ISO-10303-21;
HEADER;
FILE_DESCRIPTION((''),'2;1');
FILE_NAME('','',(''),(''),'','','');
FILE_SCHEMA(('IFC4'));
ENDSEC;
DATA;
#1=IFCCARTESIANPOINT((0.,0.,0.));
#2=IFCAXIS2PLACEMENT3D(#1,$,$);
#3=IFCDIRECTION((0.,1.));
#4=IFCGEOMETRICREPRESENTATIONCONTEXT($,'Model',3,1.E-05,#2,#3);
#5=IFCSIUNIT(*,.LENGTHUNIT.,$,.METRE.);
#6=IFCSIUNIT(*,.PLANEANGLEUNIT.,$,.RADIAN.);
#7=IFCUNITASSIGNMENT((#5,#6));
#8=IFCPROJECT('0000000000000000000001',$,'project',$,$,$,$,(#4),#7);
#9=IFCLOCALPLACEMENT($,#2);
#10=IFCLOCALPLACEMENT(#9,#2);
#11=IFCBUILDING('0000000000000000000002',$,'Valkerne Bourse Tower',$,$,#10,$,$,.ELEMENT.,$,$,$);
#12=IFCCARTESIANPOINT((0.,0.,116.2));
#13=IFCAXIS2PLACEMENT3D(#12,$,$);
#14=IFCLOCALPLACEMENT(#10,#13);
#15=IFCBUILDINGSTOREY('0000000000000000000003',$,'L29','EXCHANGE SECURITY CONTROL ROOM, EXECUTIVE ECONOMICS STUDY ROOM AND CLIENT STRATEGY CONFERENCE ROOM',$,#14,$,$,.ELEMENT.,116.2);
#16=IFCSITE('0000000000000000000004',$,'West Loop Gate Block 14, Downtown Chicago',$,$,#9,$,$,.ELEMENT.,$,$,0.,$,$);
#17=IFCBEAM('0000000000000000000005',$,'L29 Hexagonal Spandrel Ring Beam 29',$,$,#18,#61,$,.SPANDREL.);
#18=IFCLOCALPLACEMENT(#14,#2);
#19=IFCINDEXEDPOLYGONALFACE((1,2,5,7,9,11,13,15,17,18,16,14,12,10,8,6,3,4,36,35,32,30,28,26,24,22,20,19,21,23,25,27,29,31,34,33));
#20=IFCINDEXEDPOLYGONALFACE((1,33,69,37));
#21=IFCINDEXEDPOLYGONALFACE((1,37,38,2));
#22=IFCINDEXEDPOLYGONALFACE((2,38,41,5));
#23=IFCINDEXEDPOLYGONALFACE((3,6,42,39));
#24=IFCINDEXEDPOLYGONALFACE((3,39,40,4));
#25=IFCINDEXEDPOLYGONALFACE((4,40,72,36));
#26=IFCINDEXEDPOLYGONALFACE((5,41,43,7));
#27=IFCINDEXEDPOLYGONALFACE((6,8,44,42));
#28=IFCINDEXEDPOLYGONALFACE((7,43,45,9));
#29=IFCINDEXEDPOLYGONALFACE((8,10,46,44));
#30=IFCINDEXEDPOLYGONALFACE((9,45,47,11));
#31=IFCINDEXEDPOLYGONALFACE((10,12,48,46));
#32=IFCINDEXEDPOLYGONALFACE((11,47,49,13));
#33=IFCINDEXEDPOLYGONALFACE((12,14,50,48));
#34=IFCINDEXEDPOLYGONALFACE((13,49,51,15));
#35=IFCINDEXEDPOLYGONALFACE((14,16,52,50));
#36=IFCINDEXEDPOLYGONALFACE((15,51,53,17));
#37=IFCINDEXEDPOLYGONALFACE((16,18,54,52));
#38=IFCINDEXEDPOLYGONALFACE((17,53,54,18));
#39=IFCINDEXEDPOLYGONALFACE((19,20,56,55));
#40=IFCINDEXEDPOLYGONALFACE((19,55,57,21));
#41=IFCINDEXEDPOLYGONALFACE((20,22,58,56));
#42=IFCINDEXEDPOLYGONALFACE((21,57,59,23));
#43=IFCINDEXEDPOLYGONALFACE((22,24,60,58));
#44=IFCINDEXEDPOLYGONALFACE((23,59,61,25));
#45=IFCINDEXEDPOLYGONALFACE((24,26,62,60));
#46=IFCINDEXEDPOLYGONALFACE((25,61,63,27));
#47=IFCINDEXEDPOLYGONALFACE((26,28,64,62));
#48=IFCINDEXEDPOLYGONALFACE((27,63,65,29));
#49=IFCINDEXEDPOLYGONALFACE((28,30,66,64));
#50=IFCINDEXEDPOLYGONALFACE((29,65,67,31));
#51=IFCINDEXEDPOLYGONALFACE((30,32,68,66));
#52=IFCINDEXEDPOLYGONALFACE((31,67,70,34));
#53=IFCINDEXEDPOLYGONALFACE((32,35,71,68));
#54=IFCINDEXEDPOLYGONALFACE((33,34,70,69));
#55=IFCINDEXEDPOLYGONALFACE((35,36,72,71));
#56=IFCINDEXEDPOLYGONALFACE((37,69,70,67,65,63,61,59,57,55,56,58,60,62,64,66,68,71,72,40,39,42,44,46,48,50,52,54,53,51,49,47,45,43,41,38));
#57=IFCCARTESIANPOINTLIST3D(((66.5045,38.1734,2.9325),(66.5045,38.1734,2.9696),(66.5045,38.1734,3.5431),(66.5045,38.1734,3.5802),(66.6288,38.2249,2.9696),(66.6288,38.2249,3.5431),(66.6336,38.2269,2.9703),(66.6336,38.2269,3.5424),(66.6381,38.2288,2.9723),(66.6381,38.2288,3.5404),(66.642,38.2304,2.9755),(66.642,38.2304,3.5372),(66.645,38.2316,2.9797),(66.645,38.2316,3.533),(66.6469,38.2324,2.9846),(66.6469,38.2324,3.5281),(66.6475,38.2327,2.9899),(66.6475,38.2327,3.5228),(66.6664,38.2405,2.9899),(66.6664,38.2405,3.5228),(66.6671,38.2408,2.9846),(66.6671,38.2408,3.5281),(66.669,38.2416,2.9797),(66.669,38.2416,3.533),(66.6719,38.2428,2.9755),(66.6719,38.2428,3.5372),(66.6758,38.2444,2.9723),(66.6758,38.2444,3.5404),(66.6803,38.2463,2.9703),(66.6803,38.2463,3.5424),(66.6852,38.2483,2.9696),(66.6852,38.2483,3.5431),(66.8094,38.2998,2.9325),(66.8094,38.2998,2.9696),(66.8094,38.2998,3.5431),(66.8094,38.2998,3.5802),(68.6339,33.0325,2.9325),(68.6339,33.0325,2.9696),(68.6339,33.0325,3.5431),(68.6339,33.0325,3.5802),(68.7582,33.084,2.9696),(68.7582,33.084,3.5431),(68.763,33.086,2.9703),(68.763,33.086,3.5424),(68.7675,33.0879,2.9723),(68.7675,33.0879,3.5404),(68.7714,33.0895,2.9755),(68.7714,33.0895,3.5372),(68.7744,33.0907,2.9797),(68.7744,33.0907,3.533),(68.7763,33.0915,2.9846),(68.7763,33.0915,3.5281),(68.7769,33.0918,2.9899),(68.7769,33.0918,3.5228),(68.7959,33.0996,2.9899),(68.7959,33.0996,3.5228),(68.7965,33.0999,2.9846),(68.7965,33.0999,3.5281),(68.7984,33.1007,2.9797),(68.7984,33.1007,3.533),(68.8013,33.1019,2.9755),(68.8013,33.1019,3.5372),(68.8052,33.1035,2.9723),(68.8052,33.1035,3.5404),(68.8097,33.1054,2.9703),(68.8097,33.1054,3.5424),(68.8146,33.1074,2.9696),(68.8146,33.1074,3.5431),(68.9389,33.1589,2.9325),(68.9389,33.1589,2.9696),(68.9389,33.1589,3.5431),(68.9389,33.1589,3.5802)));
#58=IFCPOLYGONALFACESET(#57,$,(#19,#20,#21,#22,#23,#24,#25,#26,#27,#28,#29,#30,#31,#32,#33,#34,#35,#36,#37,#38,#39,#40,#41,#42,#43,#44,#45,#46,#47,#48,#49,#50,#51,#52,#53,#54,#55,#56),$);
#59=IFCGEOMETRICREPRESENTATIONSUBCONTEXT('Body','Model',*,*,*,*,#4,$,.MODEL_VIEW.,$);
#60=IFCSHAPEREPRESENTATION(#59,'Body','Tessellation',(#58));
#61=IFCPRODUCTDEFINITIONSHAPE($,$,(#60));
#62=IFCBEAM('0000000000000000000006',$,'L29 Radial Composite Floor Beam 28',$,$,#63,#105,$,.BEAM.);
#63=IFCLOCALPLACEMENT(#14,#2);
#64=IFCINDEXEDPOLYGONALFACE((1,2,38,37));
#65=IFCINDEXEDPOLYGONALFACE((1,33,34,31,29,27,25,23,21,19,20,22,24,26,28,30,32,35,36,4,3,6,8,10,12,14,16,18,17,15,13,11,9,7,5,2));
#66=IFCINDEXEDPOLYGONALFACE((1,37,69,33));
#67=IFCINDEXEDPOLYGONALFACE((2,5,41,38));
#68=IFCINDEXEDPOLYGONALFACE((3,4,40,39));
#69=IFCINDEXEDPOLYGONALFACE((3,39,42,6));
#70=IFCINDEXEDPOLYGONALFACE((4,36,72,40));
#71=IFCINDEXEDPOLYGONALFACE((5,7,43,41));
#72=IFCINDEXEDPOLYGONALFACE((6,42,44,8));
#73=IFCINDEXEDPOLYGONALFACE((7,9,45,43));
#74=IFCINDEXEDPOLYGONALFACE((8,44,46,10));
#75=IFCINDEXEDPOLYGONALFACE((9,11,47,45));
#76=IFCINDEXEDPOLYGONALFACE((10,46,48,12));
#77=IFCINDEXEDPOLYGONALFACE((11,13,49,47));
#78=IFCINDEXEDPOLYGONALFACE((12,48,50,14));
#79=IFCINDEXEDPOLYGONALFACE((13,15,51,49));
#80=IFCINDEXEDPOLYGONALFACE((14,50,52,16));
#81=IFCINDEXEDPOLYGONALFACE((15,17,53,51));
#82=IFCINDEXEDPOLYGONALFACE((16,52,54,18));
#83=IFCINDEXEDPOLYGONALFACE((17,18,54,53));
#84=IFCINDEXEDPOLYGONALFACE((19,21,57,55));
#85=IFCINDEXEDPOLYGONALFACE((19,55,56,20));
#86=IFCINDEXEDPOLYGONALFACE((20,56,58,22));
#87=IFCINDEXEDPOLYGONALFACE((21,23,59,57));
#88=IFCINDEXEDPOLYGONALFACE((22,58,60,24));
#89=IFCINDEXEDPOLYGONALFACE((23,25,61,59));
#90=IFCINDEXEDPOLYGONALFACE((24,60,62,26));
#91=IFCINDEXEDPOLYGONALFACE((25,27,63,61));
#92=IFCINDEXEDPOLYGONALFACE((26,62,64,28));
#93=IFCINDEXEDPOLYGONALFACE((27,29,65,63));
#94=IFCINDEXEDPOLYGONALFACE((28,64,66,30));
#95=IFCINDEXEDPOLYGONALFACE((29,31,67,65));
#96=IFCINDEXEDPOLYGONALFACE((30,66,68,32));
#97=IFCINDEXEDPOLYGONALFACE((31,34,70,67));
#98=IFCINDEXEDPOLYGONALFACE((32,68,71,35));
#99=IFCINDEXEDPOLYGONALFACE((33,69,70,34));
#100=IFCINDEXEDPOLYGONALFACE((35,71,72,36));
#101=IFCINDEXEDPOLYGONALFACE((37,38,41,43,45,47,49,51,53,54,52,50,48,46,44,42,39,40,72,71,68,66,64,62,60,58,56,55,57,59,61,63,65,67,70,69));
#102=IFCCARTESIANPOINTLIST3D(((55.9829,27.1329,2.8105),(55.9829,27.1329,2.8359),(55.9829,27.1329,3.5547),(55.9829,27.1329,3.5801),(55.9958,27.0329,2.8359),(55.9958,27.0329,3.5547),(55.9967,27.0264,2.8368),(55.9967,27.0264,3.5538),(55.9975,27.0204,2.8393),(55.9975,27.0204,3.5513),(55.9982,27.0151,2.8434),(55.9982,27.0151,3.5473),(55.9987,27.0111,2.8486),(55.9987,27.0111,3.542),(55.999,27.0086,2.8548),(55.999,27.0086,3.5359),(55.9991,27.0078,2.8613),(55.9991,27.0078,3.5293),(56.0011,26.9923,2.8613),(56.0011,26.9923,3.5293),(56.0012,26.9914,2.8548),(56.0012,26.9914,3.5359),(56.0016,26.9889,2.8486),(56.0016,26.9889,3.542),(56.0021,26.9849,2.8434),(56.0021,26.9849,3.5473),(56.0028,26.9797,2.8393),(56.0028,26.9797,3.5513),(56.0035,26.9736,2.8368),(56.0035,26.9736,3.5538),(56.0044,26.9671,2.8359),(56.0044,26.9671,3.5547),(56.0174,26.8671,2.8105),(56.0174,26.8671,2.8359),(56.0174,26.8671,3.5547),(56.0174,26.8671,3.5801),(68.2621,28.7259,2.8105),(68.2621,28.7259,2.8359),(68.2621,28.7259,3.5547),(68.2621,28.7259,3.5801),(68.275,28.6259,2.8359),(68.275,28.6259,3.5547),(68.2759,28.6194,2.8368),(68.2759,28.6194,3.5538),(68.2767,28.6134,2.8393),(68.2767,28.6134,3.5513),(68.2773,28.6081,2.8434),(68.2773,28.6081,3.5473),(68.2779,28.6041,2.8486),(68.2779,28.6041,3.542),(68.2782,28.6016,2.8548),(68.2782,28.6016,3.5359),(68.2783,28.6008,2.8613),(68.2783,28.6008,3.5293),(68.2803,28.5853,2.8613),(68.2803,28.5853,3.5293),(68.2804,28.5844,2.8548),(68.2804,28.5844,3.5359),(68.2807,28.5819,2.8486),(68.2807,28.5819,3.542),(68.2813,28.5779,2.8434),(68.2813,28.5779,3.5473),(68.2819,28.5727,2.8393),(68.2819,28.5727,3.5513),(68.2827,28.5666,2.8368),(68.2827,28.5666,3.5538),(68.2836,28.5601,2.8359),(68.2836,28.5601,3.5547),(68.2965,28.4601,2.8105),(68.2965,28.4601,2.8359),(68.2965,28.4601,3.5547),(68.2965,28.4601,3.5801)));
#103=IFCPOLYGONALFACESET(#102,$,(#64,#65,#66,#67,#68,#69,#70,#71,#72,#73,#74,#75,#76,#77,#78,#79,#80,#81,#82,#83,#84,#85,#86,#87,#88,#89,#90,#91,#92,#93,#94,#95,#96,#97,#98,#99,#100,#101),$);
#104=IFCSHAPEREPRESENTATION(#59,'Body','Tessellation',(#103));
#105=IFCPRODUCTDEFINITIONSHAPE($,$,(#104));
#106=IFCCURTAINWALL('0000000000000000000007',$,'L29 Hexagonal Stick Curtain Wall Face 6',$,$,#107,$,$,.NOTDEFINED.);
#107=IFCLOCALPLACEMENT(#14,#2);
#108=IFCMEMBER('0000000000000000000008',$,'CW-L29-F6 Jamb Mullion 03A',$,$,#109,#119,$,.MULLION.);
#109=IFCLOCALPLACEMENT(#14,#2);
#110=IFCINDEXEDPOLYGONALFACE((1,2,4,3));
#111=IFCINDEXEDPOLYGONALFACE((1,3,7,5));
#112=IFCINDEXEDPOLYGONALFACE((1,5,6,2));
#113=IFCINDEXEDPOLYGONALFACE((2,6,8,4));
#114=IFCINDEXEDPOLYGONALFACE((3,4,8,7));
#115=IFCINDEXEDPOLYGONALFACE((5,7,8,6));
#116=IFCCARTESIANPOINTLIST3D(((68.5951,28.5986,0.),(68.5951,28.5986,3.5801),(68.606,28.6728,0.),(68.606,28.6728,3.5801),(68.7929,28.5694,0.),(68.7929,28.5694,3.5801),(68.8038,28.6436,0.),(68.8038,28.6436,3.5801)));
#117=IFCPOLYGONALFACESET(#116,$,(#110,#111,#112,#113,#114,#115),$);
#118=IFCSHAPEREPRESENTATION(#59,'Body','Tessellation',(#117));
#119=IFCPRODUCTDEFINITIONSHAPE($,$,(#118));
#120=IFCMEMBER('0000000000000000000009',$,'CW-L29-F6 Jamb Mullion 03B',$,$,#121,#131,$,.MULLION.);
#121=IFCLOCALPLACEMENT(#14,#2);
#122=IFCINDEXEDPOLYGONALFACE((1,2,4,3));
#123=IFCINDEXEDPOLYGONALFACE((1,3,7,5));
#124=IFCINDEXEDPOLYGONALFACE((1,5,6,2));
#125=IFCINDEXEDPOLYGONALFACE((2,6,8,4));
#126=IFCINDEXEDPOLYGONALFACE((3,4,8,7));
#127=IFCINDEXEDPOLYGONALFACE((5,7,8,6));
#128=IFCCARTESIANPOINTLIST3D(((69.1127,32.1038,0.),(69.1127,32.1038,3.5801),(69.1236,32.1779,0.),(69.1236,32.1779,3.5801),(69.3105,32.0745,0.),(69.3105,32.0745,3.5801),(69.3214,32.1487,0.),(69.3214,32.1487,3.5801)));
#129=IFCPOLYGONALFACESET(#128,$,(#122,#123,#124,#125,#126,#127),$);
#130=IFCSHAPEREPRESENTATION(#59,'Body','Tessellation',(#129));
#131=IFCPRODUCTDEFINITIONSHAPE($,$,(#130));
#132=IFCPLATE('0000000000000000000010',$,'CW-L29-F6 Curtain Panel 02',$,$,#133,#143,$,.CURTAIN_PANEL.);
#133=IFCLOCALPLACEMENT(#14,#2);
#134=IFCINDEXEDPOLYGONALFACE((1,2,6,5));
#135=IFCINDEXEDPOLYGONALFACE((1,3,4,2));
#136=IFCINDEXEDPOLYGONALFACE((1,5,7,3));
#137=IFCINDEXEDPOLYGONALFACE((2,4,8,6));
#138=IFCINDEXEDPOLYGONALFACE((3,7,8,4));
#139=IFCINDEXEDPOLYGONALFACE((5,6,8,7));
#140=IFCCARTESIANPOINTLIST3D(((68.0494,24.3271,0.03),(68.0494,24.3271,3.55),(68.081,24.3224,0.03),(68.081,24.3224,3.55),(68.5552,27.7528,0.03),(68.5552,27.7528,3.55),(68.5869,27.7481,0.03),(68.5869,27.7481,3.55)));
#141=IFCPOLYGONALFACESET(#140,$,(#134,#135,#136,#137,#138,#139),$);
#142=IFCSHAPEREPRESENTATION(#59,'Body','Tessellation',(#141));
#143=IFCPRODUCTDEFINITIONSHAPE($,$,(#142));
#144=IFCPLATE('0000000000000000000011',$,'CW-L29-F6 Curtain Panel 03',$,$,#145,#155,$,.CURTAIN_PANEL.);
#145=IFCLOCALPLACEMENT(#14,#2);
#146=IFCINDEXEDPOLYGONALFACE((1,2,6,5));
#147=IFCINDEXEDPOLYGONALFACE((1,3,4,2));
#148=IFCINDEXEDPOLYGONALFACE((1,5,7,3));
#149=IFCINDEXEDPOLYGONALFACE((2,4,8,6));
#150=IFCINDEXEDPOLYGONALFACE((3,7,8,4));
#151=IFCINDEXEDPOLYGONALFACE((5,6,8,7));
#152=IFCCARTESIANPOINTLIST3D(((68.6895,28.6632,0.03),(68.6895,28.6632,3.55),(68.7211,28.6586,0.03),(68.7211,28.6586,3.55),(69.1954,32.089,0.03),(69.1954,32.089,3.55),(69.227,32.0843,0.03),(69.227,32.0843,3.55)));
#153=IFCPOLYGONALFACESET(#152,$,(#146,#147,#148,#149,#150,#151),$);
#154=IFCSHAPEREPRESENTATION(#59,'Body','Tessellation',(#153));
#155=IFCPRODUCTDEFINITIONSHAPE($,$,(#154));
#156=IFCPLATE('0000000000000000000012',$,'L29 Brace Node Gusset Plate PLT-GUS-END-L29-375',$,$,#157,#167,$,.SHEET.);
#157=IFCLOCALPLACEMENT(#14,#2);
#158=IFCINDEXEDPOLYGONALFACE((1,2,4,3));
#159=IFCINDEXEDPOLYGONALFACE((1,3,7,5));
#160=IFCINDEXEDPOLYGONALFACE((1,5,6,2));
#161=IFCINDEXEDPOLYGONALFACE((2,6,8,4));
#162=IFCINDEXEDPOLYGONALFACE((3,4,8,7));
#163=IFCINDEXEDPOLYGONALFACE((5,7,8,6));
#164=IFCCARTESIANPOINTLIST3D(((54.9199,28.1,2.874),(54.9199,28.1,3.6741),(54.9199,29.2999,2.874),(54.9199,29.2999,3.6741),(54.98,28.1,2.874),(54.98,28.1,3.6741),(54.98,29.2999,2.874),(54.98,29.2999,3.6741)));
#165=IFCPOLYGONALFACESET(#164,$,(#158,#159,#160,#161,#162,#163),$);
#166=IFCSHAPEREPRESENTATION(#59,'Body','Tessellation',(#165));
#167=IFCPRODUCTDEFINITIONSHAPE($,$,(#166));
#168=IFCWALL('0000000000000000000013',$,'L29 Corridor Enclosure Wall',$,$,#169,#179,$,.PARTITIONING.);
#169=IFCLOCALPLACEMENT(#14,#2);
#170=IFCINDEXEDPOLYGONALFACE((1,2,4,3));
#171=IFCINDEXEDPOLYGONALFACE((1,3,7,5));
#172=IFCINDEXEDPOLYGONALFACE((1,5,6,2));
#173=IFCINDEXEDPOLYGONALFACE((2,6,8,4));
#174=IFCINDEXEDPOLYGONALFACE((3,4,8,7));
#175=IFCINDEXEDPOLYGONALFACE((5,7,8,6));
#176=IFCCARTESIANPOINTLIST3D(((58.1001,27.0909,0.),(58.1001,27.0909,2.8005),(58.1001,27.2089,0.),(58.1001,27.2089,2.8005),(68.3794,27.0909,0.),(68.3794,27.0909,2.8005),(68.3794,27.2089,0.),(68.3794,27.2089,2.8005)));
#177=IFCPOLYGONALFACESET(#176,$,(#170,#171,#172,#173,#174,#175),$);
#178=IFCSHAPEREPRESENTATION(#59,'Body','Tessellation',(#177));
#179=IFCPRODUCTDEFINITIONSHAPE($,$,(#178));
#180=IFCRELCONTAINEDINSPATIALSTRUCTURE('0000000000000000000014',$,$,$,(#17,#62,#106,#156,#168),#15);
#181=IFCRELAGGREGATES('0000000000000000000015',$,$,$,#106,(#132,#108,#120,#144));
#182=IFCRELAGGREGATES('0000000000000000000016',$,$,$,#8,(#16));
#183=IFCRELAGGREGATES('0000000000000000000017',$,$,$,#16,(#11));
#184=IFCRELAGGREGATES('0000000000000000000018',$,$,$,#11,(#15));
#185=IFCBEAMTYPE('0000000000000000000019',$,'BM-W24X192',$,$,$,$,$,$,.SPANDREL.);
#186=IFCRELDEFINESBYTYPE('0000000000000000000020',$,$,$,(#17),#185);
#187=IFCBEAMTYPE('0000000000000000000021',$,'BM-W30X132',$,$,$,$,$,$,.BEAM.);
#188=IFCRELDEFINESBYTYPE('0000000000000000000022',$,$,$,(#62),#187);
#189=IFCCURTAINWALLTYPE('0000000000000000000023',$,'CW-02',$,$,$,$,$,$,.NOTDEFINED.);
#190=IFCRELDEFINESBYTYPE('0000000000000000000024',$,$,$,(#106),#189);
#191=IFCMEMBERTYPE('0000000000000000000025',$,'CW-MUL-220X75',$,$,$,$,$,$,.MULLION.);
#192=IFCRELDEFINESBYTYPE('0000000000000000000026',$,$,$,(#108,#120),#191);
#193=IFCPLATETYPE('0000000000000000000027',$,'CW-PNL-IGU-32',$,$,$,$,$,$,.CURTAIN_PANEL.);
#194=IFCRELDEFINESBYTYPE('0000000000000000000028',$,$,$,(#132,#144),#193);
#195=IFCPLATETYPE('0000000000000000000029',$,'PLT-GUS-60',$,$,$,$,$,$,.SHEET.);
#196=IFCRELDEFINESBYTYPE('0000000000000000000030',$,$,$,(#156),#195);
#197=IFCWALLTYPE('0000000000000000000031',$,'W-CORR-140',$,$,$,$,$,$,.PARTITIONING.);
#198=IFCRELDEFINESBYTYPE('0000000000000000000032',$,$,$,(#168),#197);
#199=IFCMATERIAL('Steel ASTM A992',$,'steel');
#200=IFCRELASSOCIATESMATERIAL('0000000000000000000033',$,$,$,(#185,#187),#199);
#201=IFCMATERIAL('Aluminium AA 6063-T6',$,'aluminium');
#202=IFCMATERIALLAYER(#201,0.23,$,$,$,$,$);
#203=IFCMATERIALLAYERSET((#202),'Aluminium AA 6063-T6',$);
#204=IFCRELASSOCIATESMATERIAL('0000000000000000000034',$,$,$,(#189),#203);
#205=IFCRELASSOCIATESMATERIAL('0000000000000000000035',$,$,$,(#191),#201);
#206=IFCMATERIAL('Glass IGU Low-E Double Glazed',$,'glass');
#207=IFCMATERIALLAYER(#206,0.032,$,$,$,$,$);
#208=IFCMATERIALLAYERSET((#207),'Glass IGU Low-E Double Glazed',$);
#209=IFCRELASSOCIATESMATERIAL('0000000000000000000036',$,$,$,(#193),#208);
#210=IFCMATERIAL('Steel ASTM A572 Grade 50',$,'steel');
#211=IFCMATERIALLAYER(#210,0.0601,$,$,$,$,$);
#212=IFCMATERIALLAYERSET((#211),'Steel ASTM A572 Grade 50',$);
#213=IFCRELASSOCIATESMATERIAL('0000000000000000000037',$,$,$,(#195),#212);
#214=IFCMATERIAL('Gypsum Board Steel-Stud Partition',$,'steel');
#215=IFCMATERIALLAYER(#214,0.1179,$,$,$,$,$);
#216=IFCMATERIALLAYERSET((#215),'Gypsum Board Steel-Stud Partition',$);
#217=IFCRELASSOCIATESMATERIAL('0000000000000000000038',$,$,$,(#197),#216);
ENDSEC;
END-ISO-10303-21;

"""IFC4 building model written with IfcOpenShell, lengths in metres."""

from ifc_helpers import new_model, si_unit, direction, frame, frame_2d, origin, origin_2d, place, context, subcontext, project, spatial, rectangle, i_section, extrude, material, layer, layer_set, material_profile, profile_set, type_object, element, aggregate, save


model = new_model("IFC4")

# Units and contexts
model_context = context("Model", 3, precision=1e-05, world=origin(), true_north=direction((0.0, 1.0)))
body_context = subcontext(model_context, "Body", "Model", "MODEL_VIEW")
ifc_project = project(units=[si_unit("LENGTHUNIT", "METRE"), si_unit("PLANEANGLEUNIT", "RADIAN")], contexts=[model_context])

# Site, building, storey
site_placement = place(None, origin())
site = spatial("IfcSite", under=ifc_project, at=site_placement, Name="West Loop Gate Block 14, Downtown Chicago", CompositionType="ELEMENT", RefElevation=0.0)
building_placement = place(site_placement, origin())
building = spatial("IfcBuilding", under=site, at=building_placement, Name="Valkerne Bourse Tower", CompositionType="ELEMENT")
storey_placement = place(building_placement, frame((0.0, 0.0, 116.2)))
storey = spatial("IfcBuildingStorey", under=building, at=storey_placement, Name="L29", Description="EXCHANGE SECURITY CONTROL ROOM, EXECUTIVE ECONOMICS STUDY ROOM AND CLIENT STRATEGY CONFERENCE ROOM", CompositionType="ELEMENT", Elevation=116.2)

# Beams
ifc_material_1 = material(Name="Steel ASTM A992", Category="steel")
ifc_material_profile_1 = material_profile(ifc_material_1, i_section(OverallWidth=0.3301, OverallDepth=0.6477, WebThickness=0.0205, FlangeThickness=0.0371, FilletRadius=0.0203, at=origin_2d()), Name="W24X192")
ifc_profile_set_1 = profile_set([ifc_material_profile_1], Name="Steel ASTM A992")
beam_type_1 = type_object("IfcBeamType", Name="BM-W24X192", PredefinedType="SPANDREL", material=ifc_profile_set_1)
beam_1_placement = place(storey_placement, frame((68.7864, 33.0957, 3.2563), z_axis=(-0.38268, 0.923881, 0.0), x_axis=(-0.923881, -0.38268, 0.0)))
element("IfcBeam", 1, at=beam_1_placement, inside=storey, type_object=beam_type_1, Name="L29 Hexagonal Spandrel Ring Beam 29", PredefinedType="SPANDREL", context=body_context, shape_type="SweptSolid", body=[
    extrude(i_section(OverallWidth=0.3301, OverallDepth=0.6477, WebThickness=0.0205, FlangeThickness=0.0371, FilletRadius=0.0203, at=origin_2d()), origin(), (0.0, 0.0, 1.0), 5.5645),
])
ifc_material_profile_2 = material_profile(ifc_material_1, i_section(OverallWidth=0.2681, OverallDepth=0.7695, WebThickness=0.0156, FlangeThickness=0.0254, FilletRadius=0.0254, at=origin_2d()), Name="W30X132")
ifc_profile_set_2 = profile_set([ifc_material_profile_2], Name="Steel ASTM A992")
beam_type_2 = type_object("IfcBeamType", Name="BM-W30X132", PredefinedType="BEAM", material=ifc_profile_set_2)
beam_2_placement = place(storey_placement, frame((68.2793, 28.593, 3.1953), z_axis=(-0.99169, -0.128654, 0.0), x_axis=(0.128654, -0.99169, 0.0)))
element("IfcBeam", 2, at=beam_2_placement, inside=storey, type_object=beam_type_2, Name="L29 Radial Composite Floor Beam 28", PredefinedType="BEAM", context=body_context, shape_type="SweptSolid", body=[
    extrude(i_section(OverallWidth=0.2681, OverallDepth=0.7695, WebThickness=0.0156, FlangeThickness=0.0254, FilletRadius=0.0254, at=origin_2d()), origin(), (0.0, 0.0, 1.0), 12.3821),
])

# Curtain wall, members, plates
ifc_material_2 = material(Name="Aluminium AA 6063-T6", Category="aluminium")
ifc_layer_1 = layer(ifc_material_2, 0.23)
ifc_layer_set_1 = layer_set([ifc_layer_1], Name="Aluminium AA 6063-T6")
curtain_wall_type = type_object("IfcCurtainWallType", Name="CW-02", PredefinedType="NOTDEFINED", material=ifc_layer_set_1)
curtain_wall_placement = place(storey_placement, origin())
curtain_wall = element("IfcCurtainWall", 3, at=curtain_wall_placement, inside=storey, type_object=curtain_wall_type, Name="L29 Hexagonal Stick Curtain Wall Face 6", PredefinedType="NOTDEFINED")
ifc_material_profile_3 = material_profile(ifc_material_2, rectangle(XDim=0.075, YDim=0.2, at=origin_2d()), Name="CWM-75X200")
ifc_profile_set_3 = profile_set([ifc_material_profile_3], Name="Aluminium AA 6063-T6")
member_type = type_object("IfcMemberType", Name="CW-MUL-220X75", PredefinedType="MULLION", material=ifc_profile_set_3)
member_1_placement = place(storey_placement, frame((68.6995, 28.6211, 0.0), z_axis=(0.0, 0.0, 1.0), x_axis=(0.146086, 0.989272, 0.0)))
member_1 = element("IfcMember", 4, at=member_1_placement, type_object=member_type, Name="CW-L29-F6 Jamb Mullion 03A", PredefinedType="MULLION", context=body_context, shape_type="SweptSolid", body=[
    extrude(rectangle(XDim=0.075, YDim=0.2, at=origin_2d()), origin(), (0.0, 0.0, 1.0), 3.5801),
])
member_2_placement = place(storey_placement, frame((69.217, 32.1262, 0.0), z_axis=(0.0, 0.0, 1.0), x_axis=(0.146086, 0.989272, 0.0)))
member_2 = element("IfcMember", 5, at=member_2_placement, type_object=member_type, Name="CW-L29-F6 Jamb Mullion 03B", PredefinedType="MULLION", context=body_context, shape_type="SweptSolid", body=[
    extrude(rectangle(XDim=0.075, YDim=0.2, at=origin_2d()), origin(), (0.0, 0.0, 1.0), 3.5801),
])
ifc_material_3 = material(Name="Glass IGU Low-E Double Glazed", Category="glass")
ifc_layer_2 = layer(ifc_material_3, 0.032)
ifc_layer_set_2 = layer_set([ifc_layer_2], Name="Glass IGU Low-E Double Glazed")
plate_type_1 = type_object("IfcPlateType", Name="CW-PNL-IGU-32", PredefinedType="CURTAIN_PANEL", material=ifc_layer_set_2)
plate_1_placement = place(storey_placement, frame((68.3181, 26.0376, 0.03), z_axis=(0.0, 0.0, 1.0), x_axis=(0.146086, 0.989272, 0.0)))
plate_1 = element("IfcPlate", 6, at=plate_1_placement, type_object=plate_type_1, Name="CW-L29-F6 Curtain Panel 02", PredefinedType="CURTAIN_PANEL", context=body_context, shape_type="SweptSolid", body=[
    extrude(rectangle(XDim=3.4629, YDim=0.032, at=origin_2d()), origin(), (0.0, 0.0, 1.0), 3.52),
])
plate_2_placement = place(storey_placement, frame((68.9583, 30.3738, 0.03), z_axis=(0.0, 0.0, 1.0), x_axis=(0.146086, 0.989272, 0.0)))
plate_2 = element("IfcPlate", 7, at=plate_2_placement, type_object=plate_type_1, Name="CW-L29-F6 Curtain Panel 03", PredefinedType="CURTAIN_PANEL", context=body_context, shape_type="SweptSolid", body=[
    extrude(rectangle(XDim=3.4629, YDim=0.032, at=origin_2d()), origin(), (0.0, 0.0, 1.0), 3.52),
])
aggregate(curtain_wall, [plate_1, member_1, member_2, plate_2])

# Plate
ifc_material_4 = material(Name="Steel ASTM A572 Grade 50", Category="steel")
ifc_layer_3 = layer(ifc_material_4, 0.0601)
ifc_layer_set_3 = layer_set([ifc_layer_3], Name="Steel ASTM A572 Grade 50")
plate_type_2 = type_object("IfcPlateType", Name="PLT-GUS-60", PredefinedType="SHEET", material=ifc_layer_set_3)
plate_3_placement = place(storey_placement, frame((54.95, 28.7, 2.874), z_axis=(0.0, 0.0, 1.0), x_axis=(0.0, 1.0, 0.0)))
element("IfcPlate", 8, at=plate_3_placement, inside=storey, type_object=plate_type_2, Name="L29 Brace Node Gusset Plate PLT-GUS-END-L29-375", PredefinedType="SHEET", context=body_context, shape_type="SweptSolid", body=[
    extrude(rectangle(XDim=1.2, YDim=0.0601, at=origin_2d()), origin(), (0.0, 0.0, 1.0), 0.8),
])

# Wall
ifc_material_5 = material(Name="Gypsum Board Steel-Stud Partition", Category="steel")
ifc_layer_4 = layer(ifc_material_5, 0.1179)
ifc_layer_set_4 = layer_set([ifc_layer_4], Name="Gypsum Board Steel-Stud Partition")
wall_type_1 = type_object("IfcWallType", Name="W-CORR-140", PredefinedType="PARTITIONING", material=ifc_layer_set_4)
wall_1_placement = place(storey_placement, frame((58.1001, 27.1499, 0.0), z_axis=(0.0, 0.0, 1.0), x_axis=(1.0, 0.0, 0.0)))
element("IfcWall", 9, at=wall_1_placement, inside=storey, type_object=wall_type_1, Name="L29 Corridor Enclosure Wall", PredefinedType="PARTITIONING", context=body_context, shape_type="SweptSolid", body=[
    extrude(rectangle(XDim=10.2793, YDim=0.1179, at=frame_2d((5.1396, 0.0))), origin(), (0.0, 0.0, 1.0), 2.8005),
])

save(model, "model.ifc")
